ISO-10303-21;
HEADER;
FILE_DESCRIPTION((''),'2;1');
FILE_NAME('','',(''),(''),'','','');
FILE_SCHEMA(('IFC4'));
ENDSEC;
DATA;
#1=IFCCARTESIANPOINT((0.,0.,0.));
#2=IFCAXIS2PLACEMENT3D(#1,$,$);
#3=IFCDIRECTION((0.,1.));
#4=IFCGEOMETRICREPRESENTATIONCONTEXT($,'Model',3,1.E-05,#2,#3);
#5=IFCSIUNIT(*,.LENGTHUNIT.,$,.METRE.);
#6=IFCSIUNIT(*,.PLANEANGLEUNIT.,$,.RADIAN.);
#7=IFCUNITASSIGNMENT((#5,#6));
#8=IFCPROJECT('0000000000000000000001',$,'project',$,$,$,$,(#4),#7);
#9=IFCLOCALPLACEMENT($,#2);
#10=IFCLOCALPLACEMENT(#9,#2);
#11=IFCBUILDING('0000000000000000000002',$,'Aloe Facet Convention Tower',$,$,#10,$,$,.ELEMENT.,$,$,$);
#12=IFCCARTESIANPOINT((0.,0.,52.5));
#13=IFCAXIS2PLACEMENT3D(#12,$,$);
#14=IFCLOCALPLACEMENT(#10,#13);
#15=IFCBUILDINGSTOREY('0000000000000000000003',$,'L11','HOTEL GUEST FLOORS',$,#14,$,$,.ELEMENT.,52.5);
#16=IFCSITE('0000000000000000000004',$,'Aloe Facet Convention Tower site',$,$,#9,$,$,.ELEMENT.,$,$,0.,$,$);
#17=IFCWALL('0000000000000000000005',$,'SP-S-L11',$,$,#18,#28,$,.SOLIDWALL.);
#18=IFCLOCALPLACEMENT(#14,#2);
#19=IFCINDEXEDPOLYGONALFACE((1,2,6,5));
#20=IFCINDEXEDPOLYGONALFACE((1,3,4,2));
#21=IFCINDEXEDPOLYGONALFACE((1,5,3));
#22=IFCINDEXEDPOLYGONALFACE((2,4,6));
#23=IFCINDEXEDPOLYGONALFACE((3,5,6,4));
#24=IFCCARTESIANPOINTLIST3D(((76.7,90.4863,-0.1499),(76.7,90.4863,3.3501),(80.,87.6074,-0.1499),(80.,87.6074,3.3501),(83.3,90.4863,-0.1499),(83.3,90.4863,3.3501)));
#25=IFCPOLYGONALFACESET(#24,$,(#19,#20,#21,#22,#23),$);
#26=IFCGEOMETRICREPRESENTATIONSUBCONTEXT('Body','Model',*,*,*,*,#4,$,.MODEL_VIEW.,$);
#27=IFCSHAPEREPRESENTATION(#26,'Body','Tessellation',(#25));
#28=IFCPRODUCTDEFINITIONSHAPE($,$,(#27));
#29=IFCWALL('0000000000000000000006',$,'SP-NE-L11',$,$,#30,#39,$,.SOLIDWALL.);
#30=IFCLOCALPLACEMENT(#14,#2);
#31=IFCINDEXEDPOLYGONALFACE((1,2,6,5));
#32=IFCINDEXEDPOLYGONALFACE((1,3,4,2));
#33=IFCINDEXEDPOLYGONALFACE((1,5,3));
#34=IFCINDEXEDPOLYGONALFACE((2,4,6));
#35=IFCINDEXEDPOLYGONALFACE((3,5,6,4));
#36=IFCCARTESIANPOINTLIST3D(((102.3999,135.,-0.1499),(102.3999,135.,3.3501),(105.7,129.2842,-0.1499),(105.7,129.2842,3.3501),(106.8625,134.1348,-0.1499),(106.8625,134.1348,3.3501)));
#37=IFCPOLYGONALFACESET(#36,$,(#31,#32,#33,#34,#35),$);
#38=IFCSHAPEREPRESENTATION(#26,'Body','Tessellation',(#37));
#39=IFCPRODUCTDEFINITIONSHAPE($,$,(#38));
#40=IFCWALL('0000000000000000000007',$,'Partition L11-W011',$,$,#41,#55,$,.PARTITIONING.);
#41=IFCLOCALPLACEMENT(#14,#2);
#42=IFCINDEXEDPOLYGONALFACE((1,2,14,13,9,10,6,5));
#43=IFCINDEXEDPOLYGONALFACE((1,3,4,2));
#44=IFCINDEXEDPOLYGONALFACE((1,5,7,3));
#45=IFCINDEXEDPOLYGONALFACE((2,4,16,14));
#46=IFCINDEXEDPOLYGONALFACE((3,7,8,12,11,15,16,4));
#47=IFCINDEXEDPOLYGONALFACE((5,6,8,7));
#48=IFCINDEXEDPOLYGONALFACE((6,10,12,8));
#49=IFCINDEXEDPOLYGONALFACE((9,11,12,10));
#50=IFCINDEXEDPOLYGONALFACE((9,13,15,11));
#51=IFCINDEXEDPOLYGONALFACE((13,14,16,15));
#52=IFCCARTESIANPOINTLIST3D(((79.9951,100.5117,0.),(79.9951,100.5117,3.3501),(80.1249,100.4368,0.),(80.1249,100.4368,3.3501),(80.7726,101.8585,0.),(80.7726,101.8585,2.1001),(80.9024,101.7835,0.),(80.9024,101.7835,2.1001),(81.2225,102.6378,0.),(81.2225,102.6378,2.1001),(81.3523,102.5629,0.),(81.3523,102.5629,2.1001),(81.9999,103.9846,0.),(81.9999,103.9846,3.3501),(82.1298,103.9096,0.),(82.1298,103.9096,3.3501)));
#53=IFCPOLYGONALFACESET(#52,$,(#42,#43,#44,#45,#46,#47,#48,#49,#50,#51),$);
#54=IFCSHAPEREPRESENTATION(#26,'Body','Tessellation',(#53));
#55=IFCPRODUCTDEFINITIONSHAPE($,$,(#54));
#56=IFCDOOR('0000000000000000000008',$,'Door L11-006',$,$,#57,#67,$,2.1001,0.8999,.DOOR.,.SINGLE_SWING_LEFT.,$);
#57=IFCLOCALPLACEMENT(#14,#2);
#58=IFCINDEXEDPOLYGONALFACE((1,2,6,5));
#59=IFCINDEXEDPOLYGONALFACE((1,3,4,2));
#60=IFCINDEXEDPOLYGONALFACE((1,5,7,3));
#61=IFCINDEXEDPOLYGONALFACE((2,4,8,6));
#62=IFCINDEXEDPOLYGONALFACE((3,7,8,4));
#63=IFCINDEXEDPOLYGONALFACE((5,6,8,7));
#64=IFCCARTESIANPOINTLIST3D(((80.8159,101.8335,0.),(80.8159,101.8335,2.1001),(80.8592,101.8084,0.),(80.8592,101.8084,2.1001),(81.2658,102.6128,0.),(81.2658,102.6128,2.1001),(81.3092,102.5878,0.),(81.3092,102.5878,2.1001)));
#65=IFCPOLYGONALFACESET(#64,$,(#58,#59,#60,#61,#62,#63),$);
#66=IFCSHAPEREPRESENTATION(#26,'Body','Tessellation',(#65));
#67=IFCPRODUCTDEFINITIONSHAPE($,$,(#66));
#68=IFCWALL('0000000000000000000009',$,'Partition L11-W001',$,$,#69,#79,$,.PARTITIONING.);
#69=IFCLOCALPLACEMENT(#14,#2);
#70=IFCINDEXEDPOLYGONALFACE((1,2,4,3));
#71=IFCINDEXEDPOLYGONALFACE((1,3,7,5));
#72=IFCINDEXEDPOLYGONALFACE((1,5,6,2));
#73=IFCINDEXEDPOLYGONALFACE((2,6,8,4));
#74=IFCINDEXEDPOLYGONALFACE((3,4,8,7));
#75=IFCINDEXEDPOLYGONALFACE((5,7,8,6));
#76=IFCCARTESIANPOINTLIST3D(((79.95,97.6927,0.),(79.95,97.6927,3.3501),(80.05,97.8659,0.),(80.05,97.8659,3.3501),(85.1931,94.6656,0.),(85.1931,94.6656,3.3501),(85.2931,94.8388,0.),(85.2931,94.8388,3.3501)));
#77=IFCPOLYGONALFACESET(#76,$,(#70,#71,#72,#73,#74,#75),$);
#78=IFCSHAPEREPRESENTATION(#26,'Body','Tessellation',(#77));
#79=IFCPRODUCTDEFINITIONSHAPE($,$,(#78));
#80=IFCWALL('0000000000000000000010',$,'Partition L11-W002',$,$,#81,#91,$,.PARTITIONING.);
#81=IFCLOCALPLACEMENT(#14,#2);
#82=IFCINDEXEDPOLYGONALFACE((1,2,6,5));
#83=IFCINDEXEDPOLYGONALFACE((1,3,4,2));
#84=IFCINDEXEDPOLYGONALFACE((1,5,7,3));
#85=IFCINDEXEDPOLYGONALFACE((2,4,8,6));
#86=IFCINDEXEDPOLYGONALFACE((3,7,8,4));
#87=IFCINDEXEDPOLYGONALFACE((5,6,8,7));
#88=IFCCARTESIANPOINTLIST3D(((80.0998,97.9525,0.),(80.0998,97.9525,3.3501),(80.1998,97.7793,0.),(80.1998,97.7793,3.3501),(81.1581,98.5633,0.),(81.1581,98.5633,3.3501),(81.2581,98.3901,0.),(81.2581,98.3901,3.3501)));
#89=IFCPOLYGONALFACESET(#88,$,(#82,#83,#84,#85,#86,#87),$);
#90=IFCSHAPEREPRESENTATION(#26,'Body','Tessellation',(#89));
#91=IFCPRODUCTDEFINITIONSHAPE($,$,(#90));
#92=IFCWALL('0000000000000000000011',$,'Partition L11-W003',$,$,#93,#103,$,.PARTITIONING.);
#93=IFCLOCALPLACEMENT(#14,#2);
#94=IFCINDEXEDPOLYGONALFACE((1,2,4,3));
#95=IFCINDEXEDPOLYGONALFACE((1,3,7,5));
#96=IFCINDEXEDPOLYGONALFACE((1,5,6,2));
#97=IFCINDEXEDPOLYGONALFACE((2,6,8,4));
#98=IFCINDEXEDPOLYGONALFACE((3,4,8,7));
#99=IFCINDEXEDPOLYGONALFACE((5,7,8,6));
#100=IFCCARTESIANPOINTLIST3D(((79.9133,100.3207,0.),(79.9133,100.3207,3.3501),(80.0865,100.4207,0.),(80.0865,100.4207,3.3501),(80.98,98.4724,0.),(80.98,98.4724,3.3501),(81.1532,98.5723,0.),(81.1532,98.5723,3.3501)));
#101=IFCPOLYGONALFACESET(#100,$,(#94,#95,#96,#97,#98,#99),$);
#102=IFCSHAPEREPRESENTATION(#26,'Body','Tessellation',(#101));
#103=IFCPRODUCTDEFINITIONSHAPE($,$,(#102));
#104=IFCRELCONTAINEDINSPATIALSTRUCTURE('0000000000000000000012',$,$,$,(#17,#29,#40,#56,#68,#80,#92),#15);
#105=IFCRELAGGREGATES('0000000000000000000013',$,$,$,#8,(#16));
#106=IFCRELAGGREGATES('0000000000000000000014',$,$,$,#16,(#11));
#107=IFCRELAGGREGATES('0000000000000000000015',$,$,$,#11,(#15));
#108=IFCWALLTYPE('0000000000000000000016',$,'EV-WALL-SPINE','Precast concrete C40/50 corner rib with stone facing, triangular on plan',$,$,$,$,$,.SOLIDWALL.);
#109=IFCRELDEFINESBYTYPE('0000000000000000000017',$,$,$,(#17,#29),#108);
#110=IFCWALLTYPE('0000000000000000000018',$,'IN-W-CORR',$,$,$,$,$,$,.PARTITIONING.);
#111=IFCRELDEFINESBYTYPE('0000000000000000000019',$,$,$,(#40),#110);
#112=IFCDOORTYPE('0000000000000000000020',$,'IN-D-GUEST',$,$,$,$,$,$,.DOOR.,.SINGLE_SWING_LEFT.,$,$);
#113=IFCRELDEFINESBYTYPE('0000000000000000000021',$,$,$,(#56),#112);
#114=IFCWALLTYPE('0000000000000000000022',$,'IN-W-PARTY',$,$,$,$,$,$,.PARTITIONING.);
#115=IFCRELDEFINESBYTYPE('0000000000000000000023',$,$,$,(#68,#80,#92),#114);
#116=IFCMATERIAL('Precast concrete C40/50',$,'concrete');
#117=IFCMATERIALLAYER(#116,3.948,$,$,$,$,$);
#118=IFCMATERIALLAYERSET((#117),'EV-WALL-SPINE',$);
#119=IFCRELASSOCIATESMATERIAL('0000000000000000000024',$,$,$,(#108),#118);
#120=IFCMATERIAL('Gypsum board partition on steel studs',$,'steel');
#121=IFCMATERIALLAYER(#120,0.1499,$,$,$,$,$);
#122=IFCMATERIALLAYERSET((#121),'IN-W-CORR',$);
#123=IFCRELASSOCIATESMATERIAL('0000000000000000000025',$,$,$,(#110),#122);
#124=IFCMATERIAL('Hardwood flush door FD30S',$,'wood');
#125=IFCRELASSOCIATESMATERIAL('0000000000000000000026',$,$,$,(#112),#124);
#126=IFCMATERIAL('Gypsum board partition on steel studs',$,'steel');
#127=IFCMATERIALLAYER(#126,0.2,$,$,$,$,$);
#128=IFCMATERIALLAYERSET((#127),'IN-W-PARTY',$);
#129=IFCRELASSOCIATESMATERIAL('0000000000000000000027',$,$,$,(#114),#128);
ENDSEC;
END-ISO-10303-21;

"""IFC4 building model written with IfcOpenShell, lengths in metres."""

from ifc_helpers import new_model, si_unit, direction, frame, frame_2d, origin, place, context, subcontext, project, spatial, polyline, rectangle, outline, extrude, material, layer, layer_set, type_object, element, fill, save


model = new_model("IFC4")

# Units and contexts
model_context = context("Model", 3, precision=1e-05, world=origin(), true_north=direction((0.0, 1.0)))
body_context = subcontext(model_context, "Body", "Model", "MODEL_VIEW")
ifc_project = project(units=[si_unit("LENGTHUNIT", "METRE"), si_unit("PLANEANGLEUNIT", "RADIAN")], contexts=[model_context])

# Site, building, storey
site_placement = place(None, origin())
site = spatial("IfcSite", under=ifc_project, at=site_placement, Name="Aloe Facet Convention Tower site", CompositionType="ELEMENT", RefElevation=0.0)
building_placement = place(site_placement, origin())
building = spatial("IfcBuilding", under=site, at=building_placement, Name="Aloe Facet Convention Tower", CompositionType="ELEMENT")
storey_placement = place(building_placement, frame((0.0, 0.0, 52.5)))
storey = spatial("IfcBuildingStorey", under=building, at=storey_placement, Name="L11", Description="HOTEL GUEST FLOORS", CompositionType="ELEMENT", Elevation=52.5)

# Walls
ifc_material_1 = material(Name="Precast concrete C40/50", Category="concrete")
ifc_layer_1 = layer(ifc_material_1, 3.948)
ifc_layer_set_1 = layer_set([ifc_layer_1], Name="EV-WALL-SPINE")
wall_type_1 = type_object("IfcWallType", Name="EV-WALL-SPINE", Description="Precast concrete C40/50 corner rib with stone facing, triangular on plan", PredefinedType="SOLIDWALL", material=ifc_layer_set_1)
wall_1_placement = place(storey_placement, frame((0.0, 0.0, -0.1499)))
element("IfcWall", 1, at=wall_1_placement, inside=storey, type_object=wall_type_1, Name="SP-S-L11", PredefinedType="SOLIDWALL", context=body_context, shape_type="SweptSolid", body=[
    extrude(outline(polyline([(76.7, 90.4863), (80.0, 87.6074), (83.3, 90.4863), (76.7, 90.4863)])), origin(), (0.0, 0.0, 1.0), 3.5),
])
wall_2_placement = place(storey_placement, frame((0.0, 0.0, -0.1499)))
element("IfcWall", 2, at=wall_2_placement, inside=storey, type_object=wall_type_1, Name="SP-NE-L11", PredefinedType="SOLIDWALL", context=body_context, shape_type="SweptSolid", body=[
    extrude(outline(polyline([(105.7, 129.2842), (106.8625, 134.1348), (102.3999, 135.0), (105.7, 129.2842)])), origin(), (0.0, 0.0, 1.0), 3.5),
])

# Wall, opening, door
ifc_material_2 = material(Name="Gypsum board partition on steel studs", Category="steel")
ifc_layer_2 = layer(ifc_material_2, 0.1499)
ifc_layer_set_2 = layer_set([ifc_layer_2], Name="IN-W-CORR")
wall_type_2 = type_object("IfcWallType", Name="IN-W-CORR", PredefinedType="PARTITIONING", material=ifc_layer_set_2)
wall_3_placement = place(storey_placement, frame((80.0601, 100.4744, 0.0), z_axis=(0.0, 0.0, 1.0), x_axis=(0.499963, 0.866047, 0.0)))
wall_3 = element("IfcWall", 3, at=wall_3_placement, inside=storey, type_object=wall_type_2, Name="Partition L11-W011", PredefinedType="PARTITIONING", context=body_context, shape_type="SweptSolid", body=[
    extrude(rectangle(XDim=4.01, YDim=0.1499, at=frame_2d((2.0049, 0.0))), origin(), (0.0, 0.0, 1.0), 3.3501),
])
opening_1_placement = place(wall_3_placement, frame((1.5549, 0.0, 0.0)))
opening_1 = element("IfcOpeningElement", 4, at=opening_1_placement, cuts=wall_3, PredefinedType="OPENING", context=body_context, shape_type="SweptSolid", body=[
    extrude(rectangle(XDim=0.8999, YDim=2.1001, at=frame_2d((0.45, 1.05))), frame((0.0, 0.085, 0.0), z_axis=(0.0, -1.0, 0.0), x_axis=(1.0, 0.0, 0.0)), (0.0, 0.0, 1.0), 0.1699),
])
ifc_material_3 = material(Name="Hardwood flush door FD30S", Category="wood")
door_type = type_object("IfcDoorType", Name="IN-D-GUEST", OperationType="SINGLE_SWING_LEFT", PredefinedType="DOOR", material=ifc_material_3)
door_placement = place(opening_1_placement, origin())
door = element("IfcDoor", 5, at=door_placement, inside=storey, type_object=door_type, Name="Door L11-006", OperationType="SINGLE_SWING_LEFT", OverallHeight=2.1001, OverallWidth=0.8999, PredefinedType="DOOR", context=body_context, shape_type="SweptSolid", body=[
    extrude(rectangle(XDim=0.8999, YDim=2.1001, at=frame_2d((0.45, 1.05))), frame((0.0, 0.0249, 0.0), z_axis=(0.0, -1.0, 0.0), x_axis=(1.0, 0.0, 0.0)), (0.0, 0.0, 1.0), 0.05),
])
fill(opening_1, door)

# Walls
ifc_material_4 = material(Name="Gypsum board partition on steel studs", Category="steel")
ifc_layer_3 = layer(ifc_material_4, 0.2)
ifc_layer_set_3 = layer_set([ifc_layer_3], Name="IN-W-PARTY")
wall_type_3 = type_object("IfcWallType", Name="IN-W-PARTY", PredefinedType="PARTITIONING", material=ifc_layer_set_3)
wall_4_placement = place(storey_placement, frame((80.0, 97.7793, 0.0), z_axis=(0.0, 0.0, 1.0), x_axis=(0.866028, -0.499995, 0.0)))
element("IfcWall", 6, at=wall_4_placement, inside=storey, type_object=wall_type_3, Name="Partition L11-W001", PredefinedType="PARTITIONING", context=body_context, shape_type="SweptSolid", body=[
    extrude(rectangle(XDim=6.0542, YDim=0.2, at=frame_2d((3.0271, 0.0))), origin(), (0.0, 0.0, 1.0), 3.3501),
])
wall_5_placement = place(storey_placement, frame((80.1499, 97.866, 0.0), z_axis=(0.0, 0.0, 1.0), x_axis=(0.866096, 0.499878, 0.0)))
element("IfcWall", 7, at=wall_5_placement, inside=storey, type_object=wall_type_3, Name="Partition L11-W002", PredefinedType="PARTITIONING", context=body_context, shape_type="SweptSolid", body=[
    extrude(rectangle(XDim=1.2219, YDim=0.2, at=frame_2d((0.6108, 0.0))), origin(), (0.0, 0.0, 1.0), 3.3501),
])
wall_6_placement = place(storey_placement, frame((80.0, 100.3706, 0.0), z_axis=(0.0, 0.0, 1.0), x_axis=(0.499818, -0.86613, 0.0)))
element("IfcWall", 8, at=wall_6_placement, inside=storey, type_object=wall_type_3, Name="Partition L11-W003", PredefinedType="PARTITIONING", context=body_context, shape_type="SweptSolid", body=[
    extrude(rectangle(XDim=2.134, YDim=0.2, at=frame_2d((1.0669, 0.0))), origin(), (0.0, 0.0, 1.0), 3.3501),
])

save(model, "model.ifc")
